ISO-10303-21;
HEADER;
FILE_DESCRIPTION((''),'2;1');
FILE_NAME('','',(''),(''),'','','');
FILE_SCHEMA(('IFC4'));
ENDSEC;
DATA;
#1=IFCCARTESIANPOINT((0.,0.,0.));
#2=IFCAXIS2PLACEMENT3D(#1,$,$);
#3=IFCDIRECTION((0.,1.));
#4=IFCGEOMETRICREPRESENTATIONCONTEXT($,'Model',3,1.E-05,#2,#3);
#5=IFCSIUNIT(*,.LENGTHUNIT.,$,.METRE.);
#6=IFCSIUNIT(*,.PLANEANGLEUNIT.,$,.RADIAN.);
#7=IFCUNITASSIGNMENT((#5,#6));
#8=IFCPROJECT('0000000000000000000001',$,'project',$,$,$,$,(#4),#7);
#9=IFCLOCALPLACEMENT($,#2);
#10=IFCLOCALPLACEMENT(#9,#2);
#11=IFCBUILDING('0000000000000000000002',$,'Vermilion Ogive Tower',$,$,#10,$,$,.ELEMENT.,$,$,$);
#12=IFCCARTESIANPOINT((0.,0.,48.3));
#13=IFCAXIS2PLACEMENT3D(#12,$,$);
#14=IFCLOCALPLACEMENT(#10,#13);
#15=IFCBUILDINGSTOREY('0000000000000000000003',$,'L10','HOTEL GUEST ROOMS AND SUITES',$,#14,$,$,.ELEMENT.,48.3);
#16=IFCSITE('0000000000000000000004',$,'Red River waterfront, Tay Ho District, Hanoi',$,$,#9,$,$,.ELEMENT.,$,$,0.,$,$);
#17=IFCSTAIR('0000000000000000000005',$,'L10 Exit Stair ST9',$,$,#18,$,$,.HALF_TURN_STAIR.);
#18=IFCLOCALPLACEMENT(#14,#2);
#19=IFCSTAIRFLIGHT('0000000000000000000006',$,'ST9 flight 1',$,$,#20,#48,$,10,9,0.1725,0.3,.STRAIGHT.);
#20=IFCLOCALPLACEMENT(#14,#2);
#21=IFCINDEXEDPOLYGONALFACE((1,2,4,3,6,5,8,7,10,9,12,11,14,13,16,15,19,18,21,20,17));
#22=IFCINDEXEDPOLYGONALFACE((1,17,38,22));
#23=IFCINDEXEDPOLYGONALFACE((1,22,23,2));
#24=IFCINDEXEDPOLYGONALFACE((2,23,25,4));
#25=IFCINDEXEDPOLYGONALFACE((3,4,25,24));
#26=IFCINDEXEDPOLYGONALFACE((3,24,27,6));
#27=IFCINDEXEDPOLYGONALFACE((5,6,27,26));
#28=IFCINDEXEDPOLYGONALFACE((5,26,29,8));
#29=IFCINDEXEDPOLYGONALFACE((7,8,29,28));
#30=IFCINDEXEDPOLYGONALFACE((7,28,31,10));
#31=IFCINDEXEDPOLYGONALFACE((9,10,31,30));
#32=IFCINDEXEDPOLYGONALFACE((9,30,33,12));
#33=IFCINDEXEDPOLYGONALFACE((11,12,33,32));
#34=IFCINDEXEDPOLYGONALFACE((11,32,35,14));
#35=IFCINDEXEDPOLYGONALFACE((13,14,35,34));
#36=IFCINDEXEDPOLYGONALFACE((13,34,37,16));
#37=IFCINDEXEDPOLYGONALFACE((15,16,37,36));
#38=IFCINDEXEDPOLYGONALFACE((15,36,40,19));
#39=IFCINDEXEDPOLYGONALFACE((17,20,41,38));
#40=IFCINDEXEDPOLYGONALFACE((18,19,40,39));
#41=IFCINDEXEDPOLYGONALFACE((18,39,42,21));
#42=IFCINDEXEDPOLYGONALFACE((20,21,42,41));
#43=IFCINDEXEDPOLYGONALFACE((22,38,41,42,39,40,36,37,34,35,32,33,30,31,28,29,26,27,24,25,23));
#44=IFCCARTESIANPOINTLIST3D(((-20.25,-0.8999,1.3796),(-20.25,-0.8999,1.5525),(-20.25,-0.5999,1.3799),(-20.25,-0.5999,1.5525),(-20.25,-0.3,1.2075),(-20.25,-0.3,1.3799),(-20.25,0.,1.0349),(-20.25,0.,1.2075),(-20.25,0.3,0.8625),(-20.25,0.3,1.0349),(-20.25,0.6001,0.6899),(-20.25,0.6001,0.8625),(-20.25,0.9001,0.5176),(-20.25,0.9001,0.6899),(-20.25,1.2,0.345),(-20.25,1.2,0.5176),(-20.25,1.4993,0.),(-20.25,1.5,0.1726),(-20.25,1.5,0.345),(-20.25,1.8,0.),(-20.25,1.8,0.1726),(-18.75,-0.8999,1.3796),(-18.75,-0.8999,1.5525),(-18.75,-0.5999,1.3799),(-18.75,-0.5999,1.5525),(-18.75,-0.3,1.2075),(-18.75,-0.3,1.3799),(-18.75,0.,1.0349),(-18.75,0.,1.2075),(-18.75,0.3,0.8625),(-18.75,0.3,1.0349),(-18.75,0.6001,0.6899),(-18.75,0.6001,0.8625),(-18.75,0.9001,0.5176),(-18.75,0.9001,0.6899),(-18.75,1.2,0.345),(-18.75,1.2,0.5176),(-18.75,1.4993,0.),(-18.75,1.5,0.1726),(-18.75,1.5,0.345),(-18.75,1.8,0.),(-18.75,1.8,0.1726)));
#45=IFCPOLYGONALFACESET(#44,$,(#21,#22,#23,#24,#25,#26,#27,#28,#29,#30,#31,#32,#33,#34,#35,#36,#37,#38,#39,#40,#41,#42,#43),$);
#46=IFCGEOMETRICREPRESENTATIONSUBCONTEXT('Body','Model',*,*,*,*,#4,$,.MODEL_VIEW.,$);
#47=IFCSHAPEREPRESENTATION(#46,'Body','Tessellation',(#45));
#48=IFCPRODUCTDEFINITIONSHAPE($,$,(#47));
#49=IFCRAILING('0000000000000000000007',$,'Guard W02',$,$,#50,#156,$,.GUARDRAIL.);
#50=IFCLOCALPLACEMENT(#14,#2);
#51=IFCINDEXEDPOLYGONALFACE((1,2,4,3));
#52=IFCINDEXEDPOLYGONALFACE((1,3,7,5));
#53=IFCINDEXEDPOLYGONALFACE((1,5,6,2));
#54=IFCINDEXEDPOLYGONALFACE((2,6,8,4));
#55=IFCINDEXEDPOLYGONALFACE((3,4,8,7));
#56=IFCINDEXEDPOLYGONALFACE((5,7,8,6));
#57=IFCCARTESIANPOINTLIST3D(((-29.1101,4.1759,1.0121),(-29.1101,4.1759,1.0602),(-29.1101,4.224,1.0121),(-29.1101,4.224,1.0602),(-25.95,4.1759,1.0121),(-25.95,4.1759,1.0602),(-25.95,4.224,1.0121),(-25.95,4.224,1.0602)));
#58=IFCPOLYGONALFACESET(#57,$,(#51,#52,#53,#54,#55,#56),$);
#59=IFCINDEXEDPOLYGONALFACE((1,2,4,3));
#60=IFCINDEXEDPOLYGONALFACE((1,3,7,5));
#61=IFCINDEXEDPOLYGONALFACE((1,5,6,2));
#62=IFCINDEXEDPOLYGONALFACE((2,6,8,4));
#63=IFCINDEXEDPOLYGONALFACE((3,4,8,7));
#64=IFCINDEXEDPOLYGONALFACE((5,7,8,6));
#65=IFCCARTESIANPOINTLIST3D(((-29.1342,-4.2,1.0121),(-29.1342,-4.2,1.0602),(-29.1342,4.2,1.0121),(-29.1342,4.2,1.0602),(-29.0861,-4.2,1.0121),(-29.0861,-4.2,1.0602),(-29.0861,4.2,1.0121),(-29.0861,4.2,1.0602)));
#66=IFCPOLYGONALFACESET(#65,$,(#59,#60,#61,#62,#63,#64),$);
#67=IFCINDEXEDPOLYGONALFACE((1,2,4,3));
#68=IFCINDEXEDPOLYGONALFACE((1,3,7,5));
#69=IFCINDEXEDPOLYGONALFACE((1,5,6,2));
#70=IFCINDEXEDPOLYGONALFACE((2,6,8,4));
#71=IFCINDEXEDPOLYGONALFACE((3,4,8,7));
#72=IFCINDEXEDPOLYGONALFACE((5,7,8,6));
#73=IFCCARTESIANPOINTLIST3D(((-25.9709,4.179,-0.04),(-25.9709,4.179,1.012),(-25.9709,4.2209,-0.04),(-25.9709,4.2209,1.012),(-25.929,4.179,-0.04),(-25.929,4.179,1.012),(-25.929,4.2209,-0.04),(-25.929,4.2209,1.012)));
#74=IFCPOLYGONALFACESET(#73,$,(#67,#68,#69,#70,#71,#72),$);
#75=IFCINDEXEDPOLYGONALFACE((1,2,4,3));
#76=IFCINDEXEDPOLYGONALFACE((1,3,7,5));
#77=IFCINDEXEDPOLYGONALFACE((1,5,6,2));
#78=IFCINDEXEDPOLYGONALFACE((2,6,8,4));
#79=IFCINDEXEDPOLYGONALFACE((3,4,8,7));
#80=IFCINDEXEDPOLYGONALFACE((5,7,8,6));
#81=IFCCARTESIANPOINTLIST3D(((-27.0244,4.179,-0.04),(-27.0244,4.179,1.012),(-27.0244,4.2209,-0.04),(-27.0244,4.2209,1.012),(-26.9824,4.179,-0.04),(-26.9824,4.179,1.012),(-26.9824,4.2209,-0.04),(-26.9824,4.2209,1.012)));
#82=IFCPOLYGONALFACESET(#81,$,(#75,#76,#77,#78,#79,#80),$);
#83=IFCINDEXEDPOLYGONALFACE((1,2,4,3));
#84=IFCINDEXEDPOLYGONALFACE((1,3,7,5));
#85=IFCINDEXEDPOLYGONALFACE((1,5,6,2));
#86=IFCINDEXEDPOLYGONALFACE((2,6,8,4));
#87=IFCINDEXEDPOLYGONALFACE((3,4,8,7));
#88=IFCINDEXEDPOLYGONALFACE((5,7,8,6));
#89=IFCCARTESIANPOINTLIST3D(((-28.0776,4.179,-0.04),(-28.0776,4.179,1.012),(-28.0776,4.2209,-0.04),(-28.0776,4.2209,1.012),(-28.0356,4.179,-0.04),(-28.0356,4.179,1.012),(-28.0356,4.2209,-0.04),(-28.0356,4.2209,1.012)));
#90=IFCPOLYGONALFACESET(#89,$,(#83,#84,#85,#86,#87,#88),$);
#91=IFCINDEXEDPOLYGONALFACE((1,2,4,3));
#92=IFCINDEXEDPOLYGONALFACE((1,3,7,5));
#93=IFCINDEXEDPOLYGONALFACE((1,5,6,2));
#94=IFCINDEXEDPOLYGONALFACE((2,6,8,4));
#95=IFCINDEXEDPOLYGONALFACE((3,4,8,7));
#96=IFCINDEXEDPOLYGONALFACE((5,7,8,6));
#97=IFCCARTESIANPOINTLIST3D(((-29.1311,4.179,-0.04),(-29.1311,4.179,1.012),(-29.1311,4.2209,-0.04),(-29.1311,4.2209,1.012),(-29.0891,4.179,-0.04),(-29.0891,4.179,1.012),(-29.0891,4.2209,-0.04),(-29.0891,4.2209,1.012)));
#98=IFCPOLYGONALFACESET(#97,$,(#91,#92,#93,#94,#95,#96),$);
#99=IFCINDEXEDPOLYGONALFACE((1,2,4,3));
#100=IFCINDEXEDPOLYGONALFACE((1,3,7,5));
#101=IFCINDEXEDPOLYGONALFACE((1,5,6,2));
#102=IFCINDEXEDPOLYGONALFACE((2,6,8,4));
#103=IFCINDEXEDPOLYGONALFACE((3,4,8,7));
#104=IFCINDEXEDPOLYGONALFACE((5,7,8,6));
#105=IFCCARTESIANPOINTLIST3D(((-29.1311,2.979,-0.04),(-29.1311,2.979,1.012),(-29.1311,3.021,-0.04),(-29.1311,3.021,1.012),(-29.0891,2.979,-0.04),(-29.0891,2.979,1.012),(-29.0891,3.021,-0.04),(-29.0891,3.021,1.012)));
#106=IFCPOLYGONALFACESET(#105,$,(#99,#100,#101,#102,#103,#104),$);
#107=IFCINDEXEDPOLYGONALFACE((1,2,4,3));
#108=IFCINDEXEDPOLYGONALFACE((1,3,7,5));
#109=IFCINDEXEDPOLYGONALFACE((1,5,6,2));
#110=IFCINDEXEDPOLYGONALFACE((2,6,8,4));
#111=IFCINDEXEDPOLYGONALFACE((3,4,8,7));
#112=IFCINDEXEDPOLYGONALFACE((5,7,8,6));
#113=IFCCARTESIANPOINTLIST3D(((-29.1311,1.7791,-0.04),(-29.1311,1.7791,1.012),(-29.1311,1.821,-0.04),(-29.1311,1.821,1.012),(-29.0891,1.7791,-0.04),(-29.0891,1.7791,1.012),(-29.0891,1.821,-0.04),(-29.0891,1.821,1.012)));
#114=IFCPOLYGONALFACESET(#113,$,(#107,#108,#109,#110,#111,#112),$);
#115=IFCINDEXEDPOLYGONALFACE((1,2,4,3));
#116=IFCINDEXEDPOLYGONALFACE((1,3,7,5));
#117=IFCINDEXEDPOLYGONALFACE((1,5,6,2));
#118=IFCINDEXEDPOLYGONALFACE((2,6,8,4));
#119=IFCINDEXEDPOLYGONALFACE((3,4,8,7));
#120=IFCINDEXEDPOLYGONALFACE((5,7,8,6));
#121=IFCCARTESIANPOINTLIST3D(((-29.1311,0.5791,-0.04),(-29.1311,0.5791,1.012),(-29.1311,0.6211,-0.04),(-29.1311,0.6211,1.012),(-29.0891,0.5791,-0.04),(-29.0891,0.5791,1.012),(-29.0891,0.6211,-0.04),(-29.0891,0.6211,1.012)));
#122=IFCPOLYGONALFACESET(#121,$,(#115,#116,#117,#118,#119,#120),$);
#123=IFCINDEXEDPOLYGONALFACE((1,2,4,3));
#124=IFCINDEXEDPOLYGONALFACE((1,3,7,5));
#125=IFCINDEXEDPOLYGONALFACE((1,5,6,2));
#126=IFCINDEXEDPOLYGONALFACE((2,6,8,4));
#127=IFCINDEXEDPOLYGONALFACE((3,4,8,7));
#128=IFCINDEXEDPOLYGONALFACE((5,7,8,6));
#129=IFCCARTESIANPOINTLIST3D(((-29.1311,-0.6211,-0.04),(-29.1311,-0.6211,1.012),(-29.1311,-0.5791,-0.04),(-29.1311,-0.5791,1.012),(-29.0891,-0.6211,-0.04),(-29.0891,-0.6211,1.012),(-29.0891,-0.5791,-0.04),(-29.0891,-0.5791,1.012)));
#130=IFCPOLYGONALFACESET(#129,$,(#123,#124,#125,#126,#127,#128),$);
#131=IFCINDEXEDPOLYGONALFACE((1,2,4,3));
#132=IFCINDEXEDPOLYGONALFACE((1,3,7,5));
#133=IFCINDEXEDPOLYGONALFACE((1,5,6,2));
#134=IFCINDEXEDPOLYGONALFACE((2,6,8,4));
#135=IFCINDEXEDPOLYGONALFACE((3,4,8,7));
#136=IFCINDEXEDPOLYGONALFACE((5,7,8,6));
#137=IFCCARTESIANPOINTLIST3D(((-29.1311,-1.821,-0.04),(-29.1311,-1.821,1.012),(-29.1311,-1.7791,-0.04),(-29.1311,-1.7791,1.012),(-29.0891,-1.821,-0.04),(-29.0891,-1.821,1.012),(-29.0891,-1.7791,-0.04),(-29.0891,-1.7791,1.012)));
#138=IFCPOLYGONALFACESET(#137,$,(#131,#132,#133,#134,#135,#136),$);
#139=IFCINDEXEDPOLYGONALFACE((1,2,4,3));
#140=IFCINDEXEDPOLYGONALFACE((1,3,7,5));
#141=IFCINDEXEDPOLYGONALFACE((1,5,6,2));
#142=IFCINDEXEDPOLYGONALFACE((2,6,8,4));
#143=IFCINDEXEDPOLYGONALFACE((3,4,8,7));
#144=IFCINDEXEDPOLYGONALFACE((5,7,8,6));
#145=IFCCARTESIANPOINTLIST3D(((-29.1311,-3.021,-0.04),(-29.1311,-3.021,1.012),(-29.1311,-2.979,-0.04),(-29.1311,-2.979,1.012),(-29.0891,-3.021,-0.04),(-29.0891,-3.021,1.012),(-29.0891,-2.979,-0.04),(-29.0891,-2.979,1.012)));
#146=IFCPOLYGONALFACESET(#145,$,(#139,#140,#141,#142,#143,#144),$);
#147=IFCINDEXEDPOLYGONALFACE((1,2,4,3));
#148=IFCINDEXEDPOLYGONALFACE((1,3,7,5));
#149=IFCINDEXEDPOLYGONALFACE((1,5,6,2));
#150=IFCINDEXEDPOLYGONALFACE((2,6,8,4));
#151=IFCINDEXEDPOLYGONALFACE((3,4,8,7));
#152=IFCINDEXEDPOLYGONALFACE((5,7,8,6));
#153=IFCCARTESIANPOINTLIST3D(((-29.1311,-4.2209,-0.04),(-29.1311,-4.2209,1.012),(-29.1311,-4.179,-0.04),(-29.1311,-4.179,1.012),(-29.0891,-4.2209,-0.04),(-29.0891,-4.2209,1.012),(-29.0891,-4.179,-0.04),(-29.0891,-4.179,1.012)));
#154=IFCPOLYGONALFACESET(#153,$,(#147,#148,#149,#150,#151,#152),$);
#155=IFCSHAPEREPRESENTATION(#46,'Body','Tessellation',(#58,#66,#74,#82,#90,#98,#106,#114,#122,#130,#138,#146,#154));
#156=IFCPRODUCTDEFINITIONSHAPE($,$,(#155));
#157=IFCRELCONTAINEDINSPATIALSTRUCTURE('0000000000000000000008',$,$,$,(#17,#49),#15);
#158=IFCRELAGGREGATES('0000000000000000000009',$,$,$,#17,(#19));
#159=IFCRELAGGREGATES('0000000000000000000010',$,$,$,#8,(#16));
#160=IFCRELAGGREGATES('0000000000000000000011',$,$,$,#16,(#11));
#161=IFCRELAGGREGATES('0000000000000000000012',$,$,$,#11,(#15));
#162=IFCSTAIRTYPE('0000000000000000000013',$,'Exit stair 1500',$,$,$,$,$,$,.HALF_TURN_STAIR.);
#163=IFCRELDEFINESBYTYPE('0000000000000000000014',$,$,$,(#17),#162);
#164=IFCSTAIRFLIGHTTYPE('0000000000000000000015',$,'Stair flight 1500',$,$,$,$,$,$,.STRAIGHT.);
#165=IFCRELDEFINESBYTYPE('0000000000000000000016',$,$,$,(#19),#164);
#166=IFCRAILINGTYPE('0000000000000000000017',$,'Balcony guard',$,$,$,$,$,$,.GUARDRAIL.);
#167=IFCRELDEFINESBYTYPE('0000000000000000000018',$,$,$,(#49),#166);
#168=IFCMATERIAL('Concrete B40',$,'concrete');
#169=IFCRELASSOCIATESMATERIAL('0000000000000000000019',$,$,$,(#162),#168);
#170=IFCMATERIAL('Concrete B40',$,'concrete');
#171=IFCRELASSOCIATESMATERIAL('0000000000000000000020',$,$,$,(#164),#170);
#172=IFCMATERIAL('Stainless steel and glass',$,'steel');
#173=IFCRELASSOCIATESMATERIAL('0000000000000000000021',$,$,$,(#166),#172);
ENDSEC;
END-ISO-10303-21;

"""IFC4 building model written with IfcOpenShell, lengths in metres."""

from ifc_helpers import new_model, si_unit, direction, frame, origin, origin_2d, place, context, subcontext, project, spatial, polyline, rectangle, outline, extrude, material, type_object, element, aggregate, save


model = new_model("IFC4")

# Units and contexts
model_context = context("Model", 3, precision=1e-05, world=origin(), true_north=direction((0.0, 1.0)))
body_context = subcontext(model_context, "Body", "Model", "MODEL_VIEW")
ifc_project = project(units=[si_unit("LENGTHUNIT", "METRE"), si_unit("PLANEANGLEUNIT", "RADIAN")], contexts=[model_context])

# Site, building, storey
site_placement = place(None, origin())
site = spatial("IfcSite", under=ifc_project, at=site_placement, Name="Red River waterfront, Tay Ho District, Hanoi", CompositionType="ELEMENT", RefElevation=0.0)
building_placement = place(site_placement, origin())
building = spatial("IfcBuilding", under=site, at=building_placement, Name="Vermilion Ogive Tower", CompositionType="ELEMENT")
storey_placement = place(building_placement, frame((0.0, 0.0, 48.3)))
storey = spatial("IfcBuildingStorey", under=building, at=storey_placement, Name="L10", Description="HOTEL GUEST ROOMS AND SUITES", CompositionType="ELEMENT", Elevation=48.3)

# Stair, stair flight
ifc_material_1 = material(Name="Concrete B40", Category="concrete")
stair_type = type_object("IfcStairType", Name="Exit stair 1500", PredefinedType="HALF_TURN_STAIR", material=ifc_material_1)
stair_placement = place(storey_placement, origin())
stair = element("IfcStair", 1, at=stair_placement, inside=storey, type_object=stair_type, Name="L10 Exit Stair ST9", PredefinedType="HALF_TURN_STAIR")
ifc_material_2 = material(Name="Concrete B40", Category="concrete")
stair_flight_type = type_object("IfcStairFlightType", Name="Stair flight 1500", PredefinedType="STRAIGHT", material=ifc_material_2)
stair_flight_placement = place(storey_placement, frame((-19.5, 1.8, 0.0), z_axis=(0.0, 0.0, 1.0), x_axis=(0.0, -1.0, 0.0)))
stair_flight = element("IfcStairFlight", 2, at=stair_flight_placement, type_object=stair_flight_type, Name="ST9 flight 1", NumberOfRisers=10, NumberOfTreads=9, PredefinedType="STRAIGHT", RiserHeight=0.1725, TreadLength=0.3, context=body_context, shape_type="SweptSolid", body=[
    extrude(outline(polyline([(0.0, 0.0), (0.0, 0.1726), (0.3, 0.1726), (0.3, 0.345), (0.6001, 0.345), (0.6001, 0.5176), (0.8999, 0.5176), (0.8999, 0.6899), (1.2, 0.6899), (1.2, 0.8625), (1.5, 0.8625), (1.5, 1.0349), (1.8, 1.0349), (1.8, 1.2075), (2.1001, 1.2075), (2.1001, 1.3799), (2.3999, 1.3799), (2.3999, 1.5525), (2.7, 1.5525), (2.7, 1.7251), (2.7, 1.3796), (0.3008, 0.0), (0.0, 0.0)])), frame((0.0, 0.75, 0.0), z_axis=(0.0, -1.0, 0.0), x_axis=(1.0, 0.0, 0.0)), (0.0, 0.0, 1.0), 1.5),
])
aggregate(stair, [stair_flight])

# Railing
ifc_material_3 = material(Name="Stainless steel and glass", Category="steel")
railing_type_1 = type_object("IfcRailingType", Name="Balcony guard", PredefinedType="GUARDRAIL", material=ifc_material_3)
railing_1_placement = place(storey_placement, frame((-25.95, 4.2, -0.04)))
element("IfcRailing", 3, at=railing_1_placement, inside=storey, type_object=railing_type_1, Name="Guard W02", PredefinedType="GUARDRAIL", context=body_context, shape_type="SweptSolid", body=[
    extrude(rectangle(XDim=0.0481, YDim=0.0481, at=origin_2d()), frame((0.0, 0.0, 1.0762), z_axis=(-1.0, 0.0, 0.0), x_axis=(0.0, -1.0, 0.0)), (0.0, 0.0, 1.0), 3.1602),
    extrude(rectangle(XDim=0.0481, YDim=0.0481, at=origin_2d()), frame((-3.1602, 0.0, 1.0762), z_axis=(0.0, -1.0, 0.0), x_axis=(1.0, 0.0, 0.0)), (0.0, 0.0, 1.0), 8.3999),
    extrude(rectangle(XDim=0.042, YDim=0.042, at=origin_2d()), origin(), (0.0, 0.0, 1.0), 1.052),
    extrude(rectangle(XDim=0.042, YDim=0.042, at=origin_2d()), frame((-1.0535, 0.0, 0.0)), (0.0, 0.0, 1.0), 1.052),
    extrude(rectangle(XDim=0.042, YDim=0.042, at=origin_2d()), frame((-2.1067, 0.0, 0.0)), (0.0, 0.0, 1.0), 1.052),
    extrude(rectangle(XDim=0.042, YDim=0.042, at=origin_2d()), frame((-3.1602, 0.0, 0.0)), (0.0, 0.0, 1.0), 1.052),
    extrude(rectangle(XDim=0.042, YDim=0.042, at=origin_2d()), frame((-3.1602, -1.2, 0.0)), (0.0, 0.0, 1.0), 1.052),
    extrude(rectangle(XDim=0.042, YDim=0.042, at=origin_2d()), frame((-3.1602, -2.3999, 0.0)), (0.0, 0.0, 1.0), 1.052),
    extrude(rectangle(XDim=0.042, YDim=0.042, at=origin_2d()), frame((-3.1602, -3.5999, 0.0)), (0.0, 0.0, 1.0), 1.052),
    extrude(rectangle(XDim=0.042, YDim=0.042, at=origin_2d()), frame((-3.1602, -4.8, 0.0)), (0.0, 0.0, 1.0), 1.052),
    extrude(rectangle(XDim=0.042, YDim=0.042, at=origin_2d()), frame((-3.1602, -6.0, 0.0)), (0.0, 0.0, 1.0), 1.052),
    extrude(rectangle(XDim=0.042, YDim=0.042, at=origin_2d()), frame((-3.1602, -7.2, 0.0)), (0.0, 0.0, 1.0), 1.052),
    extrude(rectangle(XDim=0.042, YDim=0.042, at=origin_2d()), frame((-3.1602, -8.3999, 0.0)), (0.0, 0.0, 1.0), 1.052),
])

save(model, "model.ifc")
